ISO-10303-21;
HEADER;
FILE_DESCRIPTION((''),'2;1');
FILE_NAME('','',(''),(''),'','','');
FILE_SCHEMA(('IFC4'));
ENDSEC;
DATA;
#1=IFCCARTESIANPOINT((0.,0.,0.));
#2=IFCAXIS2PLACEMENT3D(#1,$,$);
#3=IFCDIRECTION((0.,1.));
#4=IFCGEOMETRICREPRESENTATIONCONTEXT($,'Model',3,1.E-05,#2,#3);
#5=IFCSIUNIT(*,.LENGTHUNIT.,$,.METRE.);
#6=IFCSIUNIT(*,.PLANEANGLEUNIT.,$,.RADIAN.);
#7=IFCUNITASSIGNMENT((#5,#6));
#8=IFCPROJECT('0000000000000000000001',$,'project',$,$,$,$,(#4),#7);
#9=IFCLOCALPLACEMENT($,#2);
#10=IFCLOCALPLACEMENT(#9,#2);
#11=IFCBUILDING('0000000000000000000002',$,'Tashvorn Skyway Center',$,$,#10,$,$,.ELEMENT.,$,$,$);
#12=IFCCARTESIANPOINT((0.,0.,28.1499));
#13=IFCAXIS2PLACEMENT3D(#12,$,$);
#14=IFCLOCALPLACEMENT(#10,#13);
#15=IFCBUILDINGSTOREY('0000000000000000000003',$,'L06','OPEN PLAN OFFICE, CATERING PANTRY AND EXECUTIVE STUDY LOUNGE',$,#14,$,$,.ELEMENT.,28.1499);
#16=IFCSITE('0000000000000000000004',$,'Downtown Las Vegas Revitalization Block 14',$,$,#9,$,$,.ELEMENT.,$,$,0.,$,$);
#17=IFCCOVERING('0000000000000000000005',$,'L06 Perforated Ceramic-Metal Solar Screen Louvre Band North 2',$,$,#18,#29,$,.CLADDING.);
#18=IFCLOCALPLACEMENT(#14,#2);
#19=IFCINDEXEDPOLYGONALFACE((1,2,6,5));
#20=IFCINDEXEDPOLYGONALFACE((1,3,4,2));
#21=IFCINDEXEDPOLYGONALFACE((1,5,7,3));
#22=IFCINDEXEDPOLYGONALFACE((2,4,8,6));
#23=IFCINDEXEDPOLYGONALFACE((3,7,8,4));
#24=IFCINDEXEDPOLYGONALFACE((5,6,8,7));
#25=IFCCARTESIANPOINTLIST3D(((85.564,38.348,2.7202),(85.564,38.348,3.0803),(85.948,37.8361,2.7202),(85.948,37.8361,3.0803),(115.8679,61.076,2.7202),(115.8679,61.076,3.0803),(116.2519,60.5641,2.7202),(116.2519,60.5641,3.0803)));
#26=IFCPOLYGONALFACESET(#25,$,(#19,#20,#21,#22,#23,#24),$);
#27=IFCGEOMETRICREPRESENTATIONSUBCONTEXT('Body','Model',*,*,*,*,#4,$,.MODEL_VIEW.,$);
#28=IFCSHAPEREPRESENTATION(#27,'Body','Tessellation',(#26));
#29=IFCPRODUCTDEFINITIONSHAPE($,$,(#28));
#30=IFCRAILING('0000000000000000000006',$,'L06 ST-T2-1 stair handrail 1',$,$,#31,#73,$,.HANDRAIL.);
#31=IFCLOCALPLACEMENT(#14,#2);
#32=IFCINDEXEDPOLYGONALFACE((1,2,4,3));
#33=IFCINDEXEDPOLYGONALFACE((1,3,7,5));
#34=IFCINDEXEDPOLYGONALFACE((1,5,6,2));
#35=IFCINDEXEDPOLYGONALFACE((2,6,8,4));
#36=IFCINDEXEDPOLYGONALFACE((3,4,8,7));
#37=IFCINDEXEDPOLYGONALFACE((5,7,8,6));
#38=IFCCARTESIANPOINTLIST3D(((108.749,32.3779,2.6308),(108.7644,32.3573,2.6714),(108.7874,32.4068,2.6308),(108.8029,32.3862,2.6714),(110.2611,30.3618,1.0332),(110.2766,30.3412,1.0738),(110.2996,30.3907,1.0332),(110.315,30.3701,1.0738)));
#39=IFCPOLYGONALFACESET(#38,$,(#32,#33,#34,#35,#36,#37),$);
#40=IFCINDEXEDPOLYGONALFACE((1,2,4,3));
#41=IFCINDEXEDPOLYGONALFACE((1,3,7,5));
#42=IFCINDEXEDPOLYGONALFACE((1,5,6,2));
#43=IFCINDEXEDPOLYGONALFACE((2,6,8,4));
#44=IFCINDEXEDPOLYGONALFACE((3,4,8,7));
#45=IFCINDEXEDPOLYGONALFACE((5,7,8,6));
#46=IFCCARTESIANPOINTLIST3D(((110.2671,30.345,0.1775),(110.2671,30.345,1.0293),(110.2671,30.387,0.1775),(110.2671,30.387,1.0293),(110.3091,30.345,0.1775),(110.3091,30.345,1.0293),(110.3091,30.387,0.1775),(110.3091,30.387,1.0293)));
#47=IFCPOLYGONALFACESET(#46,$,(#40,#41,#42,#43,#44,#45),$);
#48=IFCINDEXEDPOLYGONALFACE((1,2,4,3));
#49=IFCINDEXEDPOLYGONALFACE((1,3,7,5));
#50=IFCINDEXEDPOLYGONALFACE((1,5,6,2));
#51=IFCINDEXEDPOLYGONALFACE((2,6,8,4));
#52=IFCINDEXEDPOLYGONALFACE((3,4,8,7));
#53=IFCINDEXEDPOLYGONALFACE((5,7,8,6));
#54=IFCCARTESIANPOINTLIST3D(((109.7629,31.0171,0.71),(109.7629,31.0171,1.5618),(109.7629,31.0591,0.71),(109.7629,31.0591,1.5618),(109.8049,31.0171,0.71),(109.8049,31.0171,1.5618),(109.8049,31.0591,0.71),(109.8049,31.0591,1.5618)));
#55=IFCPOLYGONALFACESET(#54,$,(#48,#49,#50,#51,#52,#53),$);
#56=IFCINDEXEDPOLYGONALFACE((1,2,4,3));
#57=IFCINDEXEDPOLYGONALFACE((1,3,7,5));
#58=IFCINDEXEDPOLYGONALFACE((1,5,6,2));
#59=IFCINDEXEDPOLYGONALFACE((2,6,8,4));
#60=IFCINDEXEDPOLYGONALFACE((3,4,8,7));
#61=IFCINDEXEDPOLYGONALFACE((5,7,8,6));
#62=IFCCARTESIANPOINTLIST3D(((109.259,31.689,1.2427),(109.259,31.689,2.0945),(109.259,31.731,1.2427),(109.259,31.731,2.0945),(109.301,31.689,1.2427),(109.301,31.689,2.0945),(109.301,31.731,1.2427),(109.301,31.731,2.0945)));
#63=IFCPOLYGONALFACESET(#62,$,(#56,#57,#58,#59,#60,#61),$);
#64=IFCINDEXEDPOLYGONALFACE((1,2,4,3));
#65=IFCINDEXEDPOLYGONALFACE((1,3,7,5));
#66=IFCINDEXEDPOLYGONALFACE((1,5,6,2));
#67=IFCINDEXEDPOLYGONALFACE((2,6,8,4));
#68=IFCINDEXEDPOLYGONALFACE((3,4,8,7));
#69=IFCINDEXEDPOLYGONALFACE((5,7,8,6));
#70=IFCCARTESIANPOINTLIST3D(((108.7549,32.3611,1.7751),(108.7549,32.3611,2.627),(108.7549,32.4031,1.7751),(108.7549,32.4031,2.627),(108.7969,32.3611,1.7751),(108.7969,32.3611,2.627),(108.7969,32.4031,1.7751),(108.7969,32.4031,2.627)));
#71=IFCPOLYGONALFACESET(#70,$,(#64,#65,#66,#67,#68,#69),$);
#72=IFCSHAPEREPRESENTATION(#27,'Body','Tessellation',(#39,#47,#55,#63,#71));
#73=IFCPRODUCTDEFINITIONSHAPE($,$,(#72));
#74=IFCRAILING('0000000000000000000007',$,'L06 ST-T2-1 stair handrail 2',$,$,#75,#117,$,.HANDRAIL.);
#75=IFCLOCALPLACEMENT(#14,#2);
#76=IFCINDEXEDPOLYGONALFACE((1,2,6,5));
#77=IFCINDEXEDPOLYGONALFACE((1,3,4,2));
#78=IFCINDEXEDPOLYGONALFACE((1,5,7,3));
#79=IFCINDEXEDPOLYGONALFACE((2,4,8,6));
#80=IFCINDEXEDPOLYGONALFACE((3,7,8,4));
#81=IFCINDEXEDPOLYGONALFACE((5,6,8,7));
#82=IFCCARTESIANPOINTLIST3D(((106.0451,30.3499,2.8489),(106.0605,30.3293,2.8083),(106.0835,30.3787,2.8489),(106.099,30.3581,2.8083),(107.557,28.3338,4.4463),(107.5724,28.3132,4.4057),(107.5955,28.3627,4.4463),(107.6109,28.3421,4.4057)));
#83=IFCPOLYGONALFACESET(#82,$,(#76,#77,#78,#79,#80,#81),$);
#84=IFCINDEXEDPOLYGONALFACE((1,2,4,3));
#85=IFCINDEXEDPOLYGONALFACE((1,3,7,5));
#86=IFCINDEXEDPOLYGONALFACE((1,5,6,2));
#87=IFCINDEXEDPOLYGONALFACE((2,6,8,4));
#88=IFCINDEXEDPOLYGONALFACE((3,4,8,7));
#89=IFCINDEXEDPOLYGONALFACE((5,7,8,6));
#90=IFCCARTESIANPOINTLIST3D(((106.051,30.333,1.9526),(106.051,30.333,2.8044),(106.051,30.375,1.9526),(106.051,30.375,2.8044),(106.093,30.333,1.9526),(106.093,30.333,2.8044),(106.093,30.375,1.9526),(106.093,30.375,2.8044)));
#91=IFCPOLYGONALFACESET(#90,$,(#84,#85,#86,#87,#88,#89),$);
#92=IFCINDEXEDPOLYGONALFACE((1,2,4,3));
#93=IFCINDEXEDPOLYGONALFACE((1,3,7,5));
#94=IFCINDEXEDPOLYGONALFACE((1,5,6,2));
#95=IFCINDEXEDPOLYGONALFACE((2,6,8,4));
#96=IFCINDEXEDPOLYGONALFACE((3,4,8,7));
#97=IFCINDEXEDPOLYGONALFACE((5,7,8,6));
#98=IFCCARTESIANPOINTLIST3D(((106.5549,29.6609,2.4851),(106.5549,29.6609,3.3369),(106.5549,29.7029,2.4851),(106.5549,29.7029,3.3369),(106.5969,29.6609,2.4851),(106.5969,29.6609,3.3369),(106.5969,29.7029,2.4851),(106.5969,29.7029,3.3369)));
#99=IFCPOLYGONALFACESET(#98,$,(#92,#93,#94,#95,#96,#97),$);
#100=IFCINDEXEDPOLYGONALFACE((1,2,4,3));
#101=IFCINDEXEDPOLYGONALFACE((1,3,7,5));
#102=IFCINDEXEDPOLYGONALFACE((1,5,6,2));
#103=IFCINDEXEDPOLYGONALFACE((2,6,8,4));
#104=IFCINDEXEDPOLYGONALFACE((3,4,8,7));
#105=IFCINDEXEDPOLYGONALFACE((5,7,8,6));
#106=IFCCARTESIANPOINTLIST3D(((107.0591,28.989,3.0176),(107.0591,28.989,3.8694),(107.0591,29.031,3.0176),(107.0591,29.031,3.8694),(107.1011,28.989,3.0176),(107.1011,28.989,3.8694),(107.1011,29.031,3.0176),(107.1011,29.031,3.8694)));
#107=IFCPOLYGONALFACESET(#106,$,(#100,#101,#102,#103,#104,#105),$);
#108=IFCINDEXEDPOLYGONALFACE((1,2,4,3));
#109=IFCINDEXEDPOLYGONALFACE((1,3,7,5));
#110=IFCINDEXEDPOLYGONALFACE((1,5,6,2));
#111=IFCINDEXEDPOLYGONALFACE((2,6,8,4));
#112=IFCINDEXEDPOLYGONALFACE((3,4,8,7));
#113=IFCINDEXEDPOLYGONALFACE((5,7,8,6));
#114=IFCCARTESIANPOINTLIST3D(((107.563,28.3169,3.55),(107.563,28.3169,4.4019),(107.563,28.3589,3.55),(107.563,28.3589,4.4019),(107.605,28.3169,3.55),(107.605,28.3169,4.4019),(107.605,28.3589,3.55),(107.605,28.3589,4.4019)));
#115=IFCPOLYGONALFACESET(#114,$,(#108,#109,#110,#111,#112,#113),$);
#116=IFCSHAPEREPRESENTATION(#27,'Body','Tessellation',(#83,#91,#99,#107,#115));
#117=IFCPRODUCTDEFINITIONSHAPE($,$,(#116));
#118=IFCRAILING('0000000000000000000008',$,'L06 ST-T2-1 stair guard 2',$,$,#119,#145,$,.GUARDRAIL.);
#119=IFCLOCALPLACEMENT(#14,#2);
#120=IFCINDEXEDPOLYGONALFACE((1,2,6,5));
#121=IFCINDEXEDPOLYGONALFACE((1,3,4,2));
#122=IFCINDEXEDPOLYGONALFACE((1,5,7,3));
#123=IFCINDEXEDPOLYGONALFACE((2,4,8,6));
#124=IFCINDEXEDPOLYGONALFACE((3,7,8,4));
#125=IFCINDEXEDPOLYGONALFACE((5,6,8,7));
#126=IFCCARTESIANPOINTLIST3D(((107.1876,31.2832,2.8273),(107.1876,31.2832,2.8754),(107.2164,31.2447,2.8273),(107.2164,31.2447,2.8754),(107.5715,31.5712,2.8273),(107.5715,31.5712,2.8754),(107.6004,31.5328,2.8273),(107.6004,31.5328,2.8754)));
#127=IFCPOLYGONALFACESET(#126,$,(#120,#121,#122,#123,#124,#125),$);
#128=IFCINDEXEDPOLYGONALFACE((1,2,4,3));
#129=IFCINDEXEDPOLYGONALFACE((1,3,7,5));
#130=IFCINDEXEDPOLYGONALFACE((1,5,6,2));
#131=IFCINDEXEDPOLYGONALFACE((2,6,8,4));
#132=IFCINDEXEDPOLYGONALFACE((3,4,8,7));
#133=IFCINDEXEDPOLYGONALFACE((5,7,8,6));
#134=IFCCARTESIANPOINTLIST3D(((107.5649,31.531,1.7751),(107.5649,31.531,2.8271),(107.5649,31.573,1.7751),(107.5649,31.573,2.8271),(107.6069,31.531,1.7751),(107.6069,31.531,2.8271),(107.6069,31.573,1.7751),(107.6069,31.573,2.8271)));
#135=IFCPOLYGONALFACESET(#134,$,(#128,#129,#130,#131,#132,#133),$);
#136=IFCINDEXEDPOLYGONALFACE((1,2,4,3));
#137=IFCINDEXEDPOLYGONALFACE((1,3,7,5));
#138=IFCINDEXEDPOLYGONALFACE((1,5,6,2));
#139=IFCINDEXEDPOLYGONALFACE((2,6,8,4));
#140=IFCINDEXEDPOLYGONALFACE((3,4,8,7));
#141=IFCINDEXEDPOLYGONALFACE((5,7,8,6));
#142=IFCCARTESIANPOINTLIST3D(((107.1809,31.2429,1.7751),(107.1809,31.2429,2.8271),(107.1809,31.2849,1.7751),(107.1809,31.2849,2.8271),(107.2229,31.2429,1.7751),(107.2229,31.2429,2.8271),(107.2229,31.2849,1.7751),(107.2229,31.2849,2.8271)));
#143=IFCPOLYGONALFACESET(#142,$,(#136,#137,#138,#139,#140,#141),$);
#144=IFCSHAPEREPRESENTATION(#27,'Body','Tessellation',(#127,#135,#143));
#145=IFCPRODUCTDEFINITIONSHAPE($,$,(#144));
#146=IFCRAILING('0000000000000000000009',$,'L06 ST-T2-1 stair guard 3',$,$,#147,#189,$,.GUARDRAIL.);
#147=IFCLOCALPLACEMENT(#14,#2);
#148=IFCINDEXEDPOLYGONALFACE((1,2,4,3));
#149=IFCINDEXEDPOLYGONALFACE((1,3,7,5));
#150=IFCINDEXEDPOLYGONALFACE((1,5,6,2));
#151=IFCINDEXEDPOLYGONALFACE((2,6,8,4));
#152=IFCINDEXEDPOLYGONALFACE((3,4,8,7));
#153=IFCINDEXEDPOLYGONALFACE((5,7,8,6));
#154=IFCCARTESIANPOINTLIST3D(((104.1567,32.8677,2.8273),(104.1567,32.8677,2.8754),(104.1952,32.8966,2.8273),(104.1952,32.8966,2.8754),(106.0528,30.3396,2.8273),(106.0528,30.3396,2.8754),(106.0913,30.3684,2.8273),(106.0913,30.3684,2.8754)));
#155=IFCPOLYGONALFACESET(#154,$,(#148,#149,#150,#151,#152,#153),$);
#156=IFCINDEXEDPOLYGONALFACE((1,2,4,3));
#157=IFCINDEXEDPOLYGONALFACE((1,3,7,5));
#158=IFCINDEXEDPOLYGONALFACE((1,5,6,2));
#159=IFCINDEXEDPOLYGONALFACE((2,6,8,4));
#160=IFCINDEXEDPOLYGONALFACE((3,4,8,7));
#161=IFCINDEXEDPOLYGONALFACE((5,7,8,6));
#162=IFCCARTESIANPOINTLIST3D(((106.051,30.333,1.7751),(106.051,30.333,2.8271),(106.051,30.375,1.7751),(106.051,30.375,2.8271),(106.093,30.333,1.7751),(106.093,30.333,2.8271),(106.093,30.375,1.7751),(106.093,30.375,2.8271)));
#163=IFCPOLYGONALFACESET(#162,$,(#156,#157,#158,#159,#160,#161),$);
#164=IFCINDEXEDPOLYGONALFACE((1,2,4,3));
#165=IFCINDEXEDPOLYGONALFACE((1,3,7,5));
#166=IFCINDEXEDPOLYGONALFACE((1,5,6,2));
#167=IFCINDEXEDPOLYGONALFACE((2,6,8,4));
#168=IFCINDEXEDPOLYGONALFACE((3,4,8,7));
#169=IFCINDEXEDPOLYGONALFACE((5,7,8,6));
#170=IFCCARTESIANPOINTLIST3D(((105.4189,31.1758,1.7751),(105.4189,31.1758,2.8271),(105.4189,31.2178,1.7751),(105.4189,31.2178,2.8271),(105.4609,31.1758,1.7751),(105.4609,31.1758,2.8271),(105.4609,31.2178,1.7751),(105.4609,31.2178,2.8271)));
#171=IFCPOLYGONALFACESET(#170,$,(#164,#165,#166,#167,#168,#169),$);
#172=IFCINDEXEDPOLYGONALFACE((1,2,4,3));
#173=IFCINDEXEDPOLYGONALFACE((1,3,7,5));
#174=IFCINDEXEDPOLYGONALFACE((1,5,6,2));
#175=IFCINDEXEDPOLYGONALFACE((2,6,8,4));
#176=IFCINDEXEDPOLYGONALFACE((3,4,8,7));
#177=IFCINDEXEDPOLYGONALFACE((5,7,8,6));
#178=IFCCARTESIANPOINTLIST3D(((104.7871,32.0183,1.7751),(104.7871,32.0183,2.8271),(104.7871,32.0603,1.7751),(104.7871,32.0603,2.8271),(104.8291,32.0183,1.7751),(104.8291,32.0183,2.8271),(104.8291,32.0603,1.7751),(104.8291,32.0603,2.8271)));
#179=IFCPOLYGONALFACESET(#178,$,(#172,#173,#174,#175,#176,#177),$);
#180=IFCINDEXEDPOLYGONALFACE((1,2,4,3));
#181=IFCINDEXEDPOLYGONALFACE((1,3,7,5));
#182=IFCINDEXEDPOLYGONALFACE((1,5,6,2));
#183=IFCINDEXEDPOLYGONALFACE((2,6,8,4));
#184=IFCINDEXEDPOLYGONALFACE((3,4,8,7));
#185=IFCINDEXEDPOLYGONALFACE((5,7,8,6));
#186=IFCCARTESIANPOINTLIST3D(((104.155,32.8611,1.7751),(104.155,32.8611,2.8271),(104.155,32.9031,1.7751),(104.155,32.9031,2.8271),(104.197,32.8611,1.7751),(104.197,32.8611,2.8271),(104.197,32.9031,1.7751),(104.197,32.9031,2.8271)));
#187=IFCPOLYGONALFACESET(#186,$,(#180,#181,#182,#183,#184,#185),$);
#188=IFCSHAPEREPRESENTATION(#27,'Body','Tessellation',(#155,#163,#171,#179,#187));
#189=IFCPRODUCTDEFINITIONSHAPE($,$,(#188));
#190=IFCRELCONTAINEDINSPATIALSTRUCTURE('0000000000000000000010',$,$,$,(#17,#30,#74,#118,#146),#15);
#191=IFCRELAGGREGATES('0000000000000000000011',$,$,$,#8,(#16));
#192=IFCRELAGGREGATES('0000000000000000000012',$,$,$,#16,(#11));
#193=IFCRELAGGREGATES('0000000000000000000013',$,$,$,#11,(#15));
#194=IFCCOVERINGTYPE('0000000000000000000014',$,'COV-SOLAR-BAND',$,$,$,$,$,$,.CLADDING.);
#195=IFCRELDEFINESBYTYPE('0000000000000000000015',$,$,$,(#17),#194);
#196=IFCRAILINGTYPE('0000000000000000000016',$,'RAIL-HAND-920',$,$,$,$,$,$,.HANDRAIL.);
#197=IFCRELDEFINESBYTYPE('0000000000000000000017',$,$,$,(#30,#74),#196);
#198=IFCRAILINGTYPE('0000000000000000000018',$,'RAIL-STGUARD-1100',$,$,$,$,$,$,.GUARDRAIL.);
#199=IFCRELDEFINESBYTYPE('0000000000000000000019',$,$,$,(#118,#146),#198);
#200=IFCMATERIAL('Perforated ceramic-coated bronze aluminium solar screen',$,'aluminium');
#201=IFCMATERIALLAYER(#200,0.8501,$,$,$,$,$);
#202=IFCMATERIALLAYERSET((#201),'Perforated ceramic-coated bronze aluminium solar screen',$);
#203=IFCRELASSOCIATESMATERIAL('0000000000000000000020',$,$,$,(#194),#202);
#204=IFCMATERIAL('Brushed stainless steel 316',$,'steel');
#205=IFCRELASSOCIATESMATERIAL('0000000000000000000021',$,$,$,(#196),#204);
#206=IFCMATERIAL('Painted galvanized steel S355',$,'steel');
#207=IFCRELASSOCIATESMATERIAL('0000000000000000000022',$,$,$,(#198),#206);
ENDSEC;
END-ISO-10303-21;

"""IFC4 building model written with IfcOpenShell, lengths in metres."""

from ifc_helpers import new_model, si_unit, direction, frame, origin, origin_2d, place, context, subcontext, project, spatial, rectangle, extrude, material, layer, layer_set, type_object, element, save


model = new_model("IFC4")

# Units and contexts
model_context = context("Model", 3, precision=1e-05, world=origin(), true_north=direction((0.0, 1.0)))
body_context = subcontext(model_context, "Body", "Model", "MODEL_VIEW")
ifc_project = project(units=[si_unit("LENGTHUNIT", "METRE"), si_unit("PLANEANGLEUNIT", "RADIAN")], contexts=[model_context])

# Site, building, storey
site_placement = place(None, origin())
site = spatial("IfcSite", under=ifc_project, at=site_placement, Name="Downtown Las Vegas Revitalization Block 14", CompositionType="ELEMENT", RefElevation=0.0)
building_placement = place(site_placement, origin())
building = spatial("IfcBuilding", under=site, at=building_placement, Name="Tashvorn Skyway Center", CompositionType="ELEMENT")
storey_placement = place(building_placement, frame((0.0, 0.0, 28.1499)))
storey = spatial("IfcBuildingStorey", under=building, at=storey_placement, Name="L06", Description="OPEN PLAN OFFICE, CATERING PANTRY AND EXECUTIVE STUDY LOUNGE", CompositionType="ELEMENT", Elevation=28.1499)

# Covering
ifc_material_1 = material(Name="Perforated ceramic-coated bronze aluminium solar screen", Category="aluminium")
ifc_layer_1 = layer(ifc_material_1, 0.8501)
ifc_layer_set_1 = layer_set([ifc_layer_1], Name="Perforated ceramic-coated bronze aluminium solar screen")
covering_type_1 = type_object("IfcCoveringType", Name="COV-SOLAR-BAND", PredefinedType="CLADDING", material=ifc_layer_set_1)
for number, where, z_axis, x_axis, name in (
    (1, (100.908, 49.4561, 2.7202), (0.0, 0.0, 1.0), (0.8, 0.6, 0.0), "L06 Perforated Ceramic-Metal Solar Screen Louvre Band North 2"),
):
    element("IfcCovering", number, at=place(storey_placement, frame(where, z_axis=z_axis, x_axis=x_axis)), inside=storey, type_object=covering_type_1, Name=name, PredefinedType="CLADDING", context=body_context, shape_type="SweptSolid", body=[
        extrude(rectangle(XDim=37.8799, YDim=0.6399, at=origin_2d()), origin(), (0.0, 0.0, 1.0), 0.3601),
    ])

# Railings
ifc_material_2 = material(Name="Brushed stainless steel 316", Category="steel")
railing_type_1 = type_object("IfcRailingType", Name="RAIL-HAND-920", PredefinedType="HANDRAIL", material=ifc_material_2)
railing_1_placement = place(storey_placement, frame((110.2881, 30.366, 0.1775)))
element("IfcRailing", 2, at=railing_1_placement, inside=storey, type_object=railing_type_1, Name="L06 ST-T2-1 stair handrail 1", PredefinedType="HANDRAIL", context=body_context, shape_type="SweptSolid", body=[
    extrude(rectangle(XDim=0.0481, YDim=0.0481, at=origin_2d()), frame((0.0, 0.0, 0.876), z_axis=(-0.506779, 0.675651, 0.535416), x_axis=(-0.799977, -0.600031, 0.0)), (0.0, 0.0, 1.0), 2.9839),
    extrude(rectangle(XDim=0.042, YDim=0.042, at=origin_2d()), origin(), (0.0, 0.0, 1.0), 0.8518),
    extrude(rectangle(XDim=0.042, YDim=0.042, at=origin_2d()), frame((-0.5042, 0.6721, 0.5325)), (0.0, 0.0, 1.0), 0.8518),
    extrude(rectangle(XDim=0.042, YDim=0.042, at=origin_2d()), frame((-1.0081, 1.344, 1.0652)), (0.0, 0.0, 1.0), 0.8518),
    extrude(rectangle(XDim=0.042, YDim=0.042, at=origin_2d()), frame((-1.5122, 2.0161, 1.5977)), (0.0, 0.0, 1.0), 0.8518),
])
railing_2_placement = place(storey_placement, frame((106.072, 30.354, 1.9526)))
element("IfcRailing", 3, at=railing_2_placement, inside=storey, type_object=railing_type_1, Name="L06 ST-T2-1 stair handrail 2", PredefinedType="HANDRAIL", context=body_context, shape_type="SweptSolid", body=[
    extrude(rectangle(XDim=0.0481, YDim=0.0481, at=origin_2d()), frame((0.0, 0.0, 0.876), z_axis=(0.506741, -0.675709, 0.535379), x_axis=(0.800023, 0.599969, 0.0)), (0.0, 0.0, 1.0), 2.9836),
    extrude(rectangle(XDim=0.042, YDim=0.042, at=origin_2d()), origin(), (0.0, 0.0, 1.0), 0.8518),
    extrude(rectangle(XDim=0.042, YDim=0.042, at=origin_2d()), frame((0.5039, -0.6721, 0.5325)), (0.0, 0.0, 1.0), 0.8518),
    extrude(rectangle(XDim=0.042, YDim=0.042, at=origin_2d()), frame((1.0081, -1.344, 1.0649)), (0.0, 0.0, 1.0), 0.8518),
    extrude(rectangle(XDim=0.042, YDim=0.042, at=origin_2d()), frame((1.512, -2.0161, 1.5974)), (0.0, 0.0, 1.0), 0.8518),
])
ifc_material_3 = material(Name="Painted galvanized steel S355", Category="steel")
railing_type_2 = type_object("IfcRailingType", Name="RAIL-STGUARD-1100", PredefinedType="GUARDRAIL", material=ifc_material_3)
railing_3_placement = place(storey_placement, frame((107.5859, 31.552, 1.7751)))
element("IfcRailing", 4, at=railing_3_placement, inside=storey, type_object=railing_type_2, Name="L06 ST-T2-1 stair guard 2", PredefinedType="GUARDRAIL", context=body_context, shape_type="SweptSolid", body=[
    extrude(rectangle(XDim=0.0481, YDim=0.0481, at=origin_2d()), frame((0.0, 0.0, 1.0762), z_axis=(-0.799939, -0.600081, 0.0), x_axis=(0.600081, -0.799939, 0.0)), (0.0, 0.0, 1.0), 0.48),
    extrude(rectangle(XDim=0.042, YDim=0.042, at=origin_2d()), origin(), (0.0, 0.0, 1.0), 1.052),
    extrude(rectangle(XDim=0.042, YDim=0.042, at=origin_2d()), frame((-0.384, -0.2881, 0.0)), (0.0, 0.0, 1.0), 1.052),
])
railing_4_placement = place(storey_placement, frame((106.072, 30.354, 1.7751)))
element("IfcRailing", 5, at=railing_4_placement, inside=storey, type_object=railing_type_2, Name="L06 ST-T2-1 stair guard 3", PredefinedType="GUARDRAIL", context=body_context, shape_type="SweptSolid", body=[
    extrude(rectangle(XDim=0.0481, YDim=0.0481, at=origin_2d()), frame((0.0, 0.0, 1.0762), z_axis=(-0.599988, 0.800009, 0.0), x_axis=(-0.800009, -0.599988, 0.0)), (0.0, 0.0, 1.0), 3.1602),
    extrude(rectangle(XDim=0.042, YDim=0.042, at=origin_2d()), origin(), (0.0, 0.0, 1.0), 1.052),
    extrude(rectangle(XDim=0.042, YDim=0.042, at=origin_2d()), frame((-0.6321, 0.8428, 0.0)), (0.0, 0.0, 1.0), 1.052),
    extrude(rectangle(XDim=0.042, YDim=0.042, at=origin_2d()), frame((-1.2639, 1.6853, 0.0)), (0.0, 0.0, 1.0), 1.052),
    extrude(rectangle(XDim=0.042, YDim=0.042, at=origin_2d()), frame((-1.896, 2.5281, 0.0)), (0.0, 0.0, 1.0), 1.052),
])

save(model, "model.ifc")
